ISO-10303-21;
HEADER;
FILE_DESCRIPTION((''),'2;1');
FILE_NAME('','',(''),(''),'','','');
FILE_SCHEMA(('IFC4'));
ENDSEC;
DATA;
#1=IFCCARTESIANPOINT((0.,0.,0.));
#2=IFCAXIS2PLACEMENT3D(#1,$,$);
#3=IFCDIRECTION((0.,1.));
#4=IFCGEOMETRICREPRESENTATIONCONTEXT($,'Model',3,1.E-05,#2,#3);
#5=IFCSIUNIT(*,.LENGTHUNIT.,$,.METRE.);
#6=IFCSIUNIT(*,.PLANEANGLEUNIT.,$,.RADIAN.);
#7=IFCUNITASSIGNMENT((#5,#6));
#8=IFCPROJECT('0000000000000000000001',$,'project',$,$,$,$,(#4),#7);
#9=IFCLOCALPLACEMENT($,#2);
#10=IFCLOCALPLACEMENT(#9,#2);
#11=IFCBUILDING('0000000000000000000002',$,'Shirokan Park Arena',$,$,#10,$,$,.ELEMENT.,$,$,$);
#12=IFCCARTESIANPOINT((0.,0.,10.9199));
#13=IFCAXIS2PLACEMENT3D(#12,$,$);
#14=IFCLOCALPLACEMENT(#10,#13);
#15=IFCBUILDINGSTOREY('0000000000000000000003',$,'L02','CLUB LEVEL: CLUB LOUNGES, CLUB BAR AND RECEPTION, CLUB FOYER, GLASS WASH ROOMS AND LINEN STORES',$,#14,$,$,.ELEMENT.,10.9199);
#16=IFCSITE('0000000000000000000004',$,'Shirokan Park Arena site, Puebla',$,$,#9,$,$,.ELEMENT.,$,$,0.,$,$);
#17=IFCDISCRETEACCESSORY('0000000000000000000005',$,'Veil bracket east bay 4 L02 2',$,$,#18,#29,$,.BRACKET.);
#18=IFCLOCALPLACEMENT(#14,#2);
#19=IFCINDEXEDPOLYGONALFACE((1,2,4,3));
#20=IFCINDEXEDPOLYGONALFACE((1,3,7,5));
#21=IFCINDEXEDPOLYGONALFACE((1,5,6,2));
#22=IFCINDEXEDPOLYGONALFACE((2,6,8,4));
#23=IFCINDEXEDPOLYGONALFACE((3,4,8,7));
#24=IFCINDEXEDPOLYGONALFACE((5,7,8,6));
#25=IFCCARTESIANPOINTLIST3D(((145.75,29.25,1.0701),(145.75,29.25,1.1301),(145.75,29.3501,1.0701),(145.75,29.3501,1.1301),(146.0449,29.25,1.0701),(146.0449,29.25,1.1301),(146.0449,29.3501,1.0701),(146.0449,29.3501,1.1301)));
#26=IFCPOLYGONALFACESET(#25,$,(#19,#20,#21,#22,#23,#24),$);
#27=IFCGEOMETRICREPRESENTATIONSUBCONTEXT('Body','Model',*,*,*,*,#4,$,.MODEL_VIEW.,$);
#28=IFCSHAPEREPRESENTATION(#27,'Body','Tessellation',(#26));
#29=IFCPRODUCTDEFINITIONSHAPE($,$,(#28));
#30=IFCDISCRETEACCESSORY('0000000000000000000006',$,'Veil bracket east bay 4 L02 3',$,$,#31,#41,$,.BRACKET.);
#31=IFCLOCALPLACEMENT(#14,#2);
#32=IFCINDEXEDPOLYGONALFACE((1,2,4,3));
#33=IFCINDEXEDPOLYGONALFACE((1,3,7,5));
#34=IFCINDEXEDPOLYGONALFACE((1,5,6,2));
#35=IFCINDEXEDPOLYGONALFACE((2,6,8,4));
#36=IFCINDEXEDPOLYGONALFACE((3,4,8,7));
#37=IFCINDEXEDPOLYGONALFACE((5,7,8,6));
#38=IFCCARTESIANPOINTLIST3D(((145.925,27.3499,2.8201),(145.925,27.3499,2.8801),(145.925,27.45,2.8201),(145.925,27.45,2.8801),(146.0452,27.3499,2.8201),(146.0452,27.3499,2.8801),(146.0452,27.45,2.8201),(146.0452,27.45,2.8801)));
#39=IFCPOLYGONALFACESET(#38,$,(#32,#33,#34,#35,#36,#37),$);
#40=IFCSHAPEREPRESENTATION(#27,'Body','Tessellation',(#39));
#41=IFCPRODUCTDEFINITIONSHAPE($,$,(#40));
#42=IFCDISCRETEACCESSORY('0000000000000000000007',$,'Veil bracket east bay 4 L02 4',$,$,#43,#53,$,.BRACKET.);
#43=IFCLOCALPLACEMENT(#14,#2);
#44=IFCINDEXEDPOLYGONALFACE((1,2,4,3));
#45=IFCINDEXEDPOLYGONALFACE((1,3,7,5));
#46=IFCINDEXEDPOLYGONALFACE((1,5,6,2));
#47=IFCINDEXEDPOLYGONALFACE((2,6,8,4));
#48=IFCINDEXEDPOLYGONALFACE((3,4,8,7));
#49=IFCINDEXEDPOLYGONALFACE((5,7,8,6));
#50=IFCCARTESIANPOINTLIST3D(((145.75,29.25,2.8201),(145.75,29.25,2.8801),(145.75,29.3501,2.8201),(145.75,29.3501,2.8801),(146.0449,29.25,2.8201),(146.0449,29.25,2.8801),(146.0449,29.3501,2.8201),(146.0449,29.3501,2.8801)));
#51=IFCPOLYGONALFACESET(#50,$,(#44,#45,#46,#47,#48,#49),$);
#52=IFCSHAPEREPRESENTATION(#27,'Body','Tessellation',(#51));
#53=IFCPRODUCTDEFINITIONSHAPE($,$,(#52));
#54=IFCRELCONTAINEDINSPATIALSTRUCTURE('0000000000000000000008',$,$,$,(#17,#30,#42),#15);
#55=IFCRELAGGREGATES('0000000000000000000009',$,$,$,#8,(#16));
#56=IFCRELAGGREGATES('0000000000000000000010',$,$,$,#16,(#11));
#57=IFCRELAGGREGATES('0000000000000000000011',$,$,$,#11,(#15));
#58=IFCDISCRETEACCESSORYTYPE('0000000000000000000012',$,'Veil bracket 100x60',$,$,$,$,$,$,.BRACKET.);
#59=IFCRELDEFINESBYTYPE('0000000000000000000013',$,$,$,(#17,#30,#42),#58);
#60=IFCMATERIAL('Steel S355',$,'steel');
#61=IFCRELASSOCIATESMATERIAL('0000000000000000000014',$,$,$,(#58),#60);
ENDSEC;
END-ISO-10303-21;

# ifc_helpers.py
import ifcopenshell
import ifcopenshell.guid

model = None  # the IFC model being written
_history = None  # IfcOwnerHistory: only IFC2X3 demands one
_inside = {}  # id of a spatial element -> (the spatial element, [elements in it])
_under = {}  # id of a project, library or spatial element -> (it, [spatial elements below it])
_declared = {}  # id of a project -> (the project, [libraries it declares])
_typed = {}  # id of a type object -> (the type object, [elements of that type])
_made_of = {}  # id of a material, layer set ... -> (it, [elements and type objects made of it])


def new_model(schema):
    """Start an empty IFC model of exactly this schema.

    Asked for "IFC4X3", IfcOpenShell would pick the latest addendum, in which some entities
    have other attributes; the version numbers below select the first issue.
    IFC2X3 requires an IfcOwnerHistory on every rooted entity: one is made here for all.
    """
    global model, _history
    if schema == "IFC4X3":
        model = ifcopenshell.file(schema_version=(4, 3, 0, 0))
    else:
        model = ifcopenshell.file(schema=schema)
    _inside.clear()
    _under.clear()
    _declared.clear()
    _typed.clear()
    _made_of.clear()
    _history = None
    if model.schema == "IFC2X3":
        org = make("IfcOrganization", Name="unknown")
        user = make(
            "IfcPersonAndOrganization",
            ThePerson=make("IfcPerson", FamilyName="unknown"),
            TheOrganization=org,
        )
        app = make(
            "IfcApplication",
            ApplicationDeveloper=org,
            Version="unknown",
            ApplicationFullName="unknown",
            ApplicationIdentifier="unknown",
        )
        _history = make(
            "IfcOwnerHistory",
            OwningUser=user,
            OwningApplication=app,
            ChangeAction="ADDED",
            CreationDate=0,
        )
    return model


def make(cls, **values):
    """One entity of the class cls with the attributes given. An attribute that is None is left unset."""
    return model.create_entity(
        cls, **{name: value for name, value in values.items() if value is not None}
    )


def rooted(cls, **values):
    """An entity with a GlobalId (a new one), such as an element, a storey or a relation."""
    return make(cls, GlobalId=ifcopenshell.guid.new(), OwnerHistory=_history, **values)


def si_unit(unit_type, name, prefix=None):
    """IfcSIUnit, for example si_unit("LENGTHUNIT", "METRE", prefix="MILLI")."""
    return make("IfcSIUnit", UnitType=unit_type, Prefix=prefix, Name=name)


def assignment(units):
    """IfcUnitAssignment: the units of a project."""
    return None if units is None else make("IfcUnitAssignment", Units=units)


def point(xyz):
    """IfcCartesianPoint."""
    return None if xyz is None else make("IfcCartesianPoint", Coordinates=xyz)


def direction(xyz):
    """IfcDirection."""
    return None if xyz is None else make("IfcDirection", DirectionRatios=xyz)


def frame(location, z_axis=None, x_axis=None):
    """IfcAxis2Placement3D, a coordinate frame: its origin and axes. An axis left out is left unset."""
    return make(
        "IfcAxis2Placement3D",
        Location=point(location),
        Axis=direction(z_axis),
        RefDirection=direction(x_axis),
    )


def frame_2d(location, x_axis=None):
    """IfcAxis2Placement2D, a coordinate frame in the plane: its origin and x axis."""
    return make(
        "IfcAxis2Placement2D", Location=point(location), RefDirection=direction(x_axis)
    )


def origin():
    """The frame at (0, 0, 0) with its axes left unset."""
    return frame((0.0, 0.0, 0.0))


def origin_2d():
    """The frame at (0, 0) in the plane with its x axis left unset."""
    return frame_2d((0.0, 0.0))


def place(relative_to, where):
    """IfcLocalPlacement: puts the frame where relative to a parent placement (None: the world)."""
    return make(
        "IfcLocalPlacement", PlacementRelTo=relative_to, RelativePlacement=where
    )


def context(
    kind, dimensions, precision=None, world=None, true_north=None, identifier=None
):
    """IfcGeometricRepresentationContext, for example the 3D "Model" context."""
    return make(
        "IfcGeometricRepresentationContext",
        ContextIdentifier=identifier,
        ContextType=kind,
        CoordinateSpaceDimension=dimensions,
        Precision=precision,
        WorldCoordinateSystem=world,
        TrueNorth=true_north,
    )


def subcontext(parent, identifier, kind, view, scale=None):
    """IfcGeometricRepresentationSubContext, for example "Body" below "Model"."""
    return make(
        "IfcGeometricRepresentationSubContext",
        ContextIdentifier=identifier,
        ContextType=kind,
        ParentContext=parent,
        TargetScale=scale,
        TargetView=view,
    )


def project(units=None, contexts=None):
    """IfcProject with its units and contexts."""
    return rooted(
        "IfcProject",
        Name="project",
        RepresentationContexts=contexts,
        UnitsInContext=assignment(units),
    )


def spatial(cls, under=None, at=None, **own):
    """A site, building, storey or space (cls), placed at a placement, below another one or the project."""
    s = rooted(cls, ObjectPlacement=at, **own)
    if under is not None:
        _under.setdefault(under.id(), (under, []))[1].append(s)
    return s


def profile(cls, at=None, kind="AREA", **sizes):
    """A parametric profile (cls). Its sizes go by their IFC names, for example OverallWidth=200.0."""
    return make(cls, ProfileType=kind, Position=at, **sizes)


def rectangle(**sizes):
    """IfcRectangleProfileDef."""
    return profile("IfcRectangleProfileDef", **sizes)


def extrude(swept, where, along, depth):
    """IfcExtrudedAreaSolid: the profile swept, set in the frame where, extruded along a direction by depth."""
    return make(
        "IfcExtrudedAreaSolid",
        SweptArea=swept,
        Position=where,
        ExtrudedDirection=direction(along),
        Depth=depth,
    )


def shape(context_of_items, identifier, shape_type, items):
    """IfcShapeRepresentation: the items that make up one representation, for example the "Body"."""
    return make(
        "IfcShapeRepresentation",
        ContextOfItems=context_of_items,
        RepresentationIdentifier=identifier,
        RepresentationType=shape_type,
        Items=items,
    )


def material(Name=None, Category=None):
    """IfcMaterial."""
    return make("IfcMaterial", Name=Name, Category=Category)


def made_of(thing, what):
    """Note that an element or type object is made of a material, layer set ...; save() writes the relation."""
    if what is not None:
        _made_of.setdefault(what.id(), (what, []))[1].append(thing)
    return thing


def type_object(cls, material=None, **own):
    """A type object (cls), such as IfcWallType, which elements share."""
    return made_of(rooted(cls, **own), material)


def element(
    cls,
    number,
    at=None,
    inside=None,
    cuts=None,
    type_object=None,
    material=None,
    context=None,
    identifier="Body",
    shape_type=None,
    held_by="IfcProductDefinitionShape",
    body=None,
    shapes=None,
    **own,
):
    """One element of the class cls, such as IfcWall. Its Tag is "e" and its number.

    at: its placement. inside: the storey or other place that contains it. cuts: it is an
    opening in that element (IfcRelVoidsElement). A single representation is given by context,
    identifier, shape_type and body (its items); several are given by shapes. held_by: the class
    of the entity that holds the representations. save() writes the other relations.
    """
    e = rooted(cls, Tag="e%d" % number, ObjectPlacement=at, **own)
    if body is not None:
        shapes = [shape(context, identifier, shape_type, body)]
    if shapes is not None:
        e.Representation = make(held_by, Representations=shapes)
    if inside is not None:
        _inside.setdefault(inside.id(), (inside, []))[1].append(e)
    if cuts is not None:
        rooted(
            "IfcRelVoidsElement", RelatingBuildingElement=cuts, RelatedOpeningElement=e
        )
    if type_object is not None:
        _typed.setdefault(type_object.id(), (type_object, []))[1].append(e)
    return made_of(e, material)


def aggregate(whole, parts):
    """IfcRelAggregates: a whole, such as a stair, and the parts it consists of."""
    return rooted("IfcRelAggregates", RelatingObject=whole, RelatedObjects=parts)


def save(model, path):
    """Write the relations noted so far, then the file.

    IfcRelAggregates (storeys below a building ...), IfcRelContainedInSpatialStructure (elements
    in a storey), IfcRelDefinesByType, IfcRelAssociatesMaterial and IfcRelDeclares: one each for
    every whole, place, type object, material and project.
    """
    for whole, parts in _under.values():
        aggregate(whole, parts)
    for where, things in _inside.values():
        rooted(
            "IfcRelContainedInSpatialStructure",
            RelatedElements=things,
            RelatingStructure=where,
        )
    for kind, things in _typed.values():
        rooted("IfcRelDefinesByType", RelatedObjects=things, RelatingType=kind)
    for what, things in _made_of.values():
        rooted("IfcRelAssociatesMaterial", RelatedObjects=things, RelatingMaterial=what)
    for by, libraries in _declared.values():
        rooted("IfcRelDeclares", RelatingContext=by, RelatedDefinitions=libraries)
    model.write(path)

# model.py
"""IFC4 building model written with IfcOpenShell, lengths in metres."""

from ifc_helpers import new_model, si_unit, direction, frame, origin, origin_2d, place, context, subcontext, project, spatial, rectangle, extrude, material, type_object, element, save


model = new_model("IFC4")

# Units and contexts
model_context = context("Model", 3, precision=1e-05, world=origin(), true_north=direction((0.0, 1.0)))
body_context = subcontext(model_context, "Body", "Model", "MODEL_VIEW")
ifc_project = project(units=[si_unit("LENGTHUNIT", "METRE"), si_unit("PLANEANGLEUNIT", "RADIAN")], contexts=[model_context])

# Site, building, storey
site_placement = place(None, origin())
site = spatial("IfcSite", under=ifc_project, at=site_placement, Name="Shirokan Park Arena site, Puebla", CompositionType="ELEMENT", RefElevation=0.0)
building_placement = place(site_placement, origin())
building = spatial("IfcBuilding", under=site, at=building_placement, Name="Shirokan Park Arena", CompositionType="ELEMENT")
storey_placement = place(building_placement, frame((0.0, 0.0, 10.9199)))
storey = spatial("IfcBuildingStorey", under=building, at=storey_placement, Name="L02", Description="CLUB LEVEL: CLUB LOUNGES, CLUB BAR AND RECEPTION, CLUB FOYER, GLASS WASH ROOMS AND LINEN STORES", CompositionType="ELEMENT", Elevation=10.9199)

# Discrete accessories
ifc_material_1 = material(Name="Steel S355", Category="steel")
discrete_accessory_type = type_object("IfcDiscreteAccessoryType", Name="Veil bracket 100x60", PredefinedType="BRACKET", material=ifc_material_1)
discrete_accessory_1_placement = place(storey_placement, frame((145.8975, 29.3, 1.0701), z_axis=(0.0, 0.0, 1.0), x_axis=(0.0, 1.0, 0.0)))
element("IfcDiscreteAccessory", 1, at=discrete_accessory_1_placement, inside=storey, type_object=discrete_accessory_type, Name="Veil bracket east bay 4 L02 2", PredefinedType="BRACKET", context=body_context, shape_type="SweptSolid", body=[
    extrude(rectangle(XDim=0.1001, YDim=0.2949, at=origin_2d()), origin(), (0.0, 0.0, 1.0), 0.0601),
])
discrete_accessory_2_placement = place(storey_placement, frame((145.9851, 27.3999, 2.8201), z_axis=(0.0, 0.0, 1.0), x_axis=(0.0, 1.0, 0.0)))
element("IfcDiscreteAccessory", 2, at=discrete_accessory_2_placement, inside=storey, type_object=discrete_accessory_type, Name="Veil bracket east bay 4 L02 3", PredefinedType="BRACKET", context=body_context, shape_type="SweptSolid", body=[
    extrude(rectangle(XDim=0.1001, YDim=0.1201, at=origin_2d()), origin(), (0.0, 0.0, 1.0), 0.0601),
])
discrete_accessory_3_placement = place(storey_placement, frame((145.8975, 29.3, 2.8201), z_axis=(0.0, 0.0, 1.0), x_axis=(0.0, 1.0, 0.0)))
element("IfcDiscreteAccessory", 3, at=discrete_accessory_3_placement, inside=storey, type_object=discrete_accessory_type, Name="Veil bracket east bay 4 L02 4", PredefinedType="BRACKET", context=body_context, shape_type="SweptSolid", body=[
    extrude(rectangle(XDim=0.1001, YDim=0.2949, at=origin_2d()), origin(), (0.0, 0.0, 1.0), 0.0601),
])

save(model, "model.ifc")
